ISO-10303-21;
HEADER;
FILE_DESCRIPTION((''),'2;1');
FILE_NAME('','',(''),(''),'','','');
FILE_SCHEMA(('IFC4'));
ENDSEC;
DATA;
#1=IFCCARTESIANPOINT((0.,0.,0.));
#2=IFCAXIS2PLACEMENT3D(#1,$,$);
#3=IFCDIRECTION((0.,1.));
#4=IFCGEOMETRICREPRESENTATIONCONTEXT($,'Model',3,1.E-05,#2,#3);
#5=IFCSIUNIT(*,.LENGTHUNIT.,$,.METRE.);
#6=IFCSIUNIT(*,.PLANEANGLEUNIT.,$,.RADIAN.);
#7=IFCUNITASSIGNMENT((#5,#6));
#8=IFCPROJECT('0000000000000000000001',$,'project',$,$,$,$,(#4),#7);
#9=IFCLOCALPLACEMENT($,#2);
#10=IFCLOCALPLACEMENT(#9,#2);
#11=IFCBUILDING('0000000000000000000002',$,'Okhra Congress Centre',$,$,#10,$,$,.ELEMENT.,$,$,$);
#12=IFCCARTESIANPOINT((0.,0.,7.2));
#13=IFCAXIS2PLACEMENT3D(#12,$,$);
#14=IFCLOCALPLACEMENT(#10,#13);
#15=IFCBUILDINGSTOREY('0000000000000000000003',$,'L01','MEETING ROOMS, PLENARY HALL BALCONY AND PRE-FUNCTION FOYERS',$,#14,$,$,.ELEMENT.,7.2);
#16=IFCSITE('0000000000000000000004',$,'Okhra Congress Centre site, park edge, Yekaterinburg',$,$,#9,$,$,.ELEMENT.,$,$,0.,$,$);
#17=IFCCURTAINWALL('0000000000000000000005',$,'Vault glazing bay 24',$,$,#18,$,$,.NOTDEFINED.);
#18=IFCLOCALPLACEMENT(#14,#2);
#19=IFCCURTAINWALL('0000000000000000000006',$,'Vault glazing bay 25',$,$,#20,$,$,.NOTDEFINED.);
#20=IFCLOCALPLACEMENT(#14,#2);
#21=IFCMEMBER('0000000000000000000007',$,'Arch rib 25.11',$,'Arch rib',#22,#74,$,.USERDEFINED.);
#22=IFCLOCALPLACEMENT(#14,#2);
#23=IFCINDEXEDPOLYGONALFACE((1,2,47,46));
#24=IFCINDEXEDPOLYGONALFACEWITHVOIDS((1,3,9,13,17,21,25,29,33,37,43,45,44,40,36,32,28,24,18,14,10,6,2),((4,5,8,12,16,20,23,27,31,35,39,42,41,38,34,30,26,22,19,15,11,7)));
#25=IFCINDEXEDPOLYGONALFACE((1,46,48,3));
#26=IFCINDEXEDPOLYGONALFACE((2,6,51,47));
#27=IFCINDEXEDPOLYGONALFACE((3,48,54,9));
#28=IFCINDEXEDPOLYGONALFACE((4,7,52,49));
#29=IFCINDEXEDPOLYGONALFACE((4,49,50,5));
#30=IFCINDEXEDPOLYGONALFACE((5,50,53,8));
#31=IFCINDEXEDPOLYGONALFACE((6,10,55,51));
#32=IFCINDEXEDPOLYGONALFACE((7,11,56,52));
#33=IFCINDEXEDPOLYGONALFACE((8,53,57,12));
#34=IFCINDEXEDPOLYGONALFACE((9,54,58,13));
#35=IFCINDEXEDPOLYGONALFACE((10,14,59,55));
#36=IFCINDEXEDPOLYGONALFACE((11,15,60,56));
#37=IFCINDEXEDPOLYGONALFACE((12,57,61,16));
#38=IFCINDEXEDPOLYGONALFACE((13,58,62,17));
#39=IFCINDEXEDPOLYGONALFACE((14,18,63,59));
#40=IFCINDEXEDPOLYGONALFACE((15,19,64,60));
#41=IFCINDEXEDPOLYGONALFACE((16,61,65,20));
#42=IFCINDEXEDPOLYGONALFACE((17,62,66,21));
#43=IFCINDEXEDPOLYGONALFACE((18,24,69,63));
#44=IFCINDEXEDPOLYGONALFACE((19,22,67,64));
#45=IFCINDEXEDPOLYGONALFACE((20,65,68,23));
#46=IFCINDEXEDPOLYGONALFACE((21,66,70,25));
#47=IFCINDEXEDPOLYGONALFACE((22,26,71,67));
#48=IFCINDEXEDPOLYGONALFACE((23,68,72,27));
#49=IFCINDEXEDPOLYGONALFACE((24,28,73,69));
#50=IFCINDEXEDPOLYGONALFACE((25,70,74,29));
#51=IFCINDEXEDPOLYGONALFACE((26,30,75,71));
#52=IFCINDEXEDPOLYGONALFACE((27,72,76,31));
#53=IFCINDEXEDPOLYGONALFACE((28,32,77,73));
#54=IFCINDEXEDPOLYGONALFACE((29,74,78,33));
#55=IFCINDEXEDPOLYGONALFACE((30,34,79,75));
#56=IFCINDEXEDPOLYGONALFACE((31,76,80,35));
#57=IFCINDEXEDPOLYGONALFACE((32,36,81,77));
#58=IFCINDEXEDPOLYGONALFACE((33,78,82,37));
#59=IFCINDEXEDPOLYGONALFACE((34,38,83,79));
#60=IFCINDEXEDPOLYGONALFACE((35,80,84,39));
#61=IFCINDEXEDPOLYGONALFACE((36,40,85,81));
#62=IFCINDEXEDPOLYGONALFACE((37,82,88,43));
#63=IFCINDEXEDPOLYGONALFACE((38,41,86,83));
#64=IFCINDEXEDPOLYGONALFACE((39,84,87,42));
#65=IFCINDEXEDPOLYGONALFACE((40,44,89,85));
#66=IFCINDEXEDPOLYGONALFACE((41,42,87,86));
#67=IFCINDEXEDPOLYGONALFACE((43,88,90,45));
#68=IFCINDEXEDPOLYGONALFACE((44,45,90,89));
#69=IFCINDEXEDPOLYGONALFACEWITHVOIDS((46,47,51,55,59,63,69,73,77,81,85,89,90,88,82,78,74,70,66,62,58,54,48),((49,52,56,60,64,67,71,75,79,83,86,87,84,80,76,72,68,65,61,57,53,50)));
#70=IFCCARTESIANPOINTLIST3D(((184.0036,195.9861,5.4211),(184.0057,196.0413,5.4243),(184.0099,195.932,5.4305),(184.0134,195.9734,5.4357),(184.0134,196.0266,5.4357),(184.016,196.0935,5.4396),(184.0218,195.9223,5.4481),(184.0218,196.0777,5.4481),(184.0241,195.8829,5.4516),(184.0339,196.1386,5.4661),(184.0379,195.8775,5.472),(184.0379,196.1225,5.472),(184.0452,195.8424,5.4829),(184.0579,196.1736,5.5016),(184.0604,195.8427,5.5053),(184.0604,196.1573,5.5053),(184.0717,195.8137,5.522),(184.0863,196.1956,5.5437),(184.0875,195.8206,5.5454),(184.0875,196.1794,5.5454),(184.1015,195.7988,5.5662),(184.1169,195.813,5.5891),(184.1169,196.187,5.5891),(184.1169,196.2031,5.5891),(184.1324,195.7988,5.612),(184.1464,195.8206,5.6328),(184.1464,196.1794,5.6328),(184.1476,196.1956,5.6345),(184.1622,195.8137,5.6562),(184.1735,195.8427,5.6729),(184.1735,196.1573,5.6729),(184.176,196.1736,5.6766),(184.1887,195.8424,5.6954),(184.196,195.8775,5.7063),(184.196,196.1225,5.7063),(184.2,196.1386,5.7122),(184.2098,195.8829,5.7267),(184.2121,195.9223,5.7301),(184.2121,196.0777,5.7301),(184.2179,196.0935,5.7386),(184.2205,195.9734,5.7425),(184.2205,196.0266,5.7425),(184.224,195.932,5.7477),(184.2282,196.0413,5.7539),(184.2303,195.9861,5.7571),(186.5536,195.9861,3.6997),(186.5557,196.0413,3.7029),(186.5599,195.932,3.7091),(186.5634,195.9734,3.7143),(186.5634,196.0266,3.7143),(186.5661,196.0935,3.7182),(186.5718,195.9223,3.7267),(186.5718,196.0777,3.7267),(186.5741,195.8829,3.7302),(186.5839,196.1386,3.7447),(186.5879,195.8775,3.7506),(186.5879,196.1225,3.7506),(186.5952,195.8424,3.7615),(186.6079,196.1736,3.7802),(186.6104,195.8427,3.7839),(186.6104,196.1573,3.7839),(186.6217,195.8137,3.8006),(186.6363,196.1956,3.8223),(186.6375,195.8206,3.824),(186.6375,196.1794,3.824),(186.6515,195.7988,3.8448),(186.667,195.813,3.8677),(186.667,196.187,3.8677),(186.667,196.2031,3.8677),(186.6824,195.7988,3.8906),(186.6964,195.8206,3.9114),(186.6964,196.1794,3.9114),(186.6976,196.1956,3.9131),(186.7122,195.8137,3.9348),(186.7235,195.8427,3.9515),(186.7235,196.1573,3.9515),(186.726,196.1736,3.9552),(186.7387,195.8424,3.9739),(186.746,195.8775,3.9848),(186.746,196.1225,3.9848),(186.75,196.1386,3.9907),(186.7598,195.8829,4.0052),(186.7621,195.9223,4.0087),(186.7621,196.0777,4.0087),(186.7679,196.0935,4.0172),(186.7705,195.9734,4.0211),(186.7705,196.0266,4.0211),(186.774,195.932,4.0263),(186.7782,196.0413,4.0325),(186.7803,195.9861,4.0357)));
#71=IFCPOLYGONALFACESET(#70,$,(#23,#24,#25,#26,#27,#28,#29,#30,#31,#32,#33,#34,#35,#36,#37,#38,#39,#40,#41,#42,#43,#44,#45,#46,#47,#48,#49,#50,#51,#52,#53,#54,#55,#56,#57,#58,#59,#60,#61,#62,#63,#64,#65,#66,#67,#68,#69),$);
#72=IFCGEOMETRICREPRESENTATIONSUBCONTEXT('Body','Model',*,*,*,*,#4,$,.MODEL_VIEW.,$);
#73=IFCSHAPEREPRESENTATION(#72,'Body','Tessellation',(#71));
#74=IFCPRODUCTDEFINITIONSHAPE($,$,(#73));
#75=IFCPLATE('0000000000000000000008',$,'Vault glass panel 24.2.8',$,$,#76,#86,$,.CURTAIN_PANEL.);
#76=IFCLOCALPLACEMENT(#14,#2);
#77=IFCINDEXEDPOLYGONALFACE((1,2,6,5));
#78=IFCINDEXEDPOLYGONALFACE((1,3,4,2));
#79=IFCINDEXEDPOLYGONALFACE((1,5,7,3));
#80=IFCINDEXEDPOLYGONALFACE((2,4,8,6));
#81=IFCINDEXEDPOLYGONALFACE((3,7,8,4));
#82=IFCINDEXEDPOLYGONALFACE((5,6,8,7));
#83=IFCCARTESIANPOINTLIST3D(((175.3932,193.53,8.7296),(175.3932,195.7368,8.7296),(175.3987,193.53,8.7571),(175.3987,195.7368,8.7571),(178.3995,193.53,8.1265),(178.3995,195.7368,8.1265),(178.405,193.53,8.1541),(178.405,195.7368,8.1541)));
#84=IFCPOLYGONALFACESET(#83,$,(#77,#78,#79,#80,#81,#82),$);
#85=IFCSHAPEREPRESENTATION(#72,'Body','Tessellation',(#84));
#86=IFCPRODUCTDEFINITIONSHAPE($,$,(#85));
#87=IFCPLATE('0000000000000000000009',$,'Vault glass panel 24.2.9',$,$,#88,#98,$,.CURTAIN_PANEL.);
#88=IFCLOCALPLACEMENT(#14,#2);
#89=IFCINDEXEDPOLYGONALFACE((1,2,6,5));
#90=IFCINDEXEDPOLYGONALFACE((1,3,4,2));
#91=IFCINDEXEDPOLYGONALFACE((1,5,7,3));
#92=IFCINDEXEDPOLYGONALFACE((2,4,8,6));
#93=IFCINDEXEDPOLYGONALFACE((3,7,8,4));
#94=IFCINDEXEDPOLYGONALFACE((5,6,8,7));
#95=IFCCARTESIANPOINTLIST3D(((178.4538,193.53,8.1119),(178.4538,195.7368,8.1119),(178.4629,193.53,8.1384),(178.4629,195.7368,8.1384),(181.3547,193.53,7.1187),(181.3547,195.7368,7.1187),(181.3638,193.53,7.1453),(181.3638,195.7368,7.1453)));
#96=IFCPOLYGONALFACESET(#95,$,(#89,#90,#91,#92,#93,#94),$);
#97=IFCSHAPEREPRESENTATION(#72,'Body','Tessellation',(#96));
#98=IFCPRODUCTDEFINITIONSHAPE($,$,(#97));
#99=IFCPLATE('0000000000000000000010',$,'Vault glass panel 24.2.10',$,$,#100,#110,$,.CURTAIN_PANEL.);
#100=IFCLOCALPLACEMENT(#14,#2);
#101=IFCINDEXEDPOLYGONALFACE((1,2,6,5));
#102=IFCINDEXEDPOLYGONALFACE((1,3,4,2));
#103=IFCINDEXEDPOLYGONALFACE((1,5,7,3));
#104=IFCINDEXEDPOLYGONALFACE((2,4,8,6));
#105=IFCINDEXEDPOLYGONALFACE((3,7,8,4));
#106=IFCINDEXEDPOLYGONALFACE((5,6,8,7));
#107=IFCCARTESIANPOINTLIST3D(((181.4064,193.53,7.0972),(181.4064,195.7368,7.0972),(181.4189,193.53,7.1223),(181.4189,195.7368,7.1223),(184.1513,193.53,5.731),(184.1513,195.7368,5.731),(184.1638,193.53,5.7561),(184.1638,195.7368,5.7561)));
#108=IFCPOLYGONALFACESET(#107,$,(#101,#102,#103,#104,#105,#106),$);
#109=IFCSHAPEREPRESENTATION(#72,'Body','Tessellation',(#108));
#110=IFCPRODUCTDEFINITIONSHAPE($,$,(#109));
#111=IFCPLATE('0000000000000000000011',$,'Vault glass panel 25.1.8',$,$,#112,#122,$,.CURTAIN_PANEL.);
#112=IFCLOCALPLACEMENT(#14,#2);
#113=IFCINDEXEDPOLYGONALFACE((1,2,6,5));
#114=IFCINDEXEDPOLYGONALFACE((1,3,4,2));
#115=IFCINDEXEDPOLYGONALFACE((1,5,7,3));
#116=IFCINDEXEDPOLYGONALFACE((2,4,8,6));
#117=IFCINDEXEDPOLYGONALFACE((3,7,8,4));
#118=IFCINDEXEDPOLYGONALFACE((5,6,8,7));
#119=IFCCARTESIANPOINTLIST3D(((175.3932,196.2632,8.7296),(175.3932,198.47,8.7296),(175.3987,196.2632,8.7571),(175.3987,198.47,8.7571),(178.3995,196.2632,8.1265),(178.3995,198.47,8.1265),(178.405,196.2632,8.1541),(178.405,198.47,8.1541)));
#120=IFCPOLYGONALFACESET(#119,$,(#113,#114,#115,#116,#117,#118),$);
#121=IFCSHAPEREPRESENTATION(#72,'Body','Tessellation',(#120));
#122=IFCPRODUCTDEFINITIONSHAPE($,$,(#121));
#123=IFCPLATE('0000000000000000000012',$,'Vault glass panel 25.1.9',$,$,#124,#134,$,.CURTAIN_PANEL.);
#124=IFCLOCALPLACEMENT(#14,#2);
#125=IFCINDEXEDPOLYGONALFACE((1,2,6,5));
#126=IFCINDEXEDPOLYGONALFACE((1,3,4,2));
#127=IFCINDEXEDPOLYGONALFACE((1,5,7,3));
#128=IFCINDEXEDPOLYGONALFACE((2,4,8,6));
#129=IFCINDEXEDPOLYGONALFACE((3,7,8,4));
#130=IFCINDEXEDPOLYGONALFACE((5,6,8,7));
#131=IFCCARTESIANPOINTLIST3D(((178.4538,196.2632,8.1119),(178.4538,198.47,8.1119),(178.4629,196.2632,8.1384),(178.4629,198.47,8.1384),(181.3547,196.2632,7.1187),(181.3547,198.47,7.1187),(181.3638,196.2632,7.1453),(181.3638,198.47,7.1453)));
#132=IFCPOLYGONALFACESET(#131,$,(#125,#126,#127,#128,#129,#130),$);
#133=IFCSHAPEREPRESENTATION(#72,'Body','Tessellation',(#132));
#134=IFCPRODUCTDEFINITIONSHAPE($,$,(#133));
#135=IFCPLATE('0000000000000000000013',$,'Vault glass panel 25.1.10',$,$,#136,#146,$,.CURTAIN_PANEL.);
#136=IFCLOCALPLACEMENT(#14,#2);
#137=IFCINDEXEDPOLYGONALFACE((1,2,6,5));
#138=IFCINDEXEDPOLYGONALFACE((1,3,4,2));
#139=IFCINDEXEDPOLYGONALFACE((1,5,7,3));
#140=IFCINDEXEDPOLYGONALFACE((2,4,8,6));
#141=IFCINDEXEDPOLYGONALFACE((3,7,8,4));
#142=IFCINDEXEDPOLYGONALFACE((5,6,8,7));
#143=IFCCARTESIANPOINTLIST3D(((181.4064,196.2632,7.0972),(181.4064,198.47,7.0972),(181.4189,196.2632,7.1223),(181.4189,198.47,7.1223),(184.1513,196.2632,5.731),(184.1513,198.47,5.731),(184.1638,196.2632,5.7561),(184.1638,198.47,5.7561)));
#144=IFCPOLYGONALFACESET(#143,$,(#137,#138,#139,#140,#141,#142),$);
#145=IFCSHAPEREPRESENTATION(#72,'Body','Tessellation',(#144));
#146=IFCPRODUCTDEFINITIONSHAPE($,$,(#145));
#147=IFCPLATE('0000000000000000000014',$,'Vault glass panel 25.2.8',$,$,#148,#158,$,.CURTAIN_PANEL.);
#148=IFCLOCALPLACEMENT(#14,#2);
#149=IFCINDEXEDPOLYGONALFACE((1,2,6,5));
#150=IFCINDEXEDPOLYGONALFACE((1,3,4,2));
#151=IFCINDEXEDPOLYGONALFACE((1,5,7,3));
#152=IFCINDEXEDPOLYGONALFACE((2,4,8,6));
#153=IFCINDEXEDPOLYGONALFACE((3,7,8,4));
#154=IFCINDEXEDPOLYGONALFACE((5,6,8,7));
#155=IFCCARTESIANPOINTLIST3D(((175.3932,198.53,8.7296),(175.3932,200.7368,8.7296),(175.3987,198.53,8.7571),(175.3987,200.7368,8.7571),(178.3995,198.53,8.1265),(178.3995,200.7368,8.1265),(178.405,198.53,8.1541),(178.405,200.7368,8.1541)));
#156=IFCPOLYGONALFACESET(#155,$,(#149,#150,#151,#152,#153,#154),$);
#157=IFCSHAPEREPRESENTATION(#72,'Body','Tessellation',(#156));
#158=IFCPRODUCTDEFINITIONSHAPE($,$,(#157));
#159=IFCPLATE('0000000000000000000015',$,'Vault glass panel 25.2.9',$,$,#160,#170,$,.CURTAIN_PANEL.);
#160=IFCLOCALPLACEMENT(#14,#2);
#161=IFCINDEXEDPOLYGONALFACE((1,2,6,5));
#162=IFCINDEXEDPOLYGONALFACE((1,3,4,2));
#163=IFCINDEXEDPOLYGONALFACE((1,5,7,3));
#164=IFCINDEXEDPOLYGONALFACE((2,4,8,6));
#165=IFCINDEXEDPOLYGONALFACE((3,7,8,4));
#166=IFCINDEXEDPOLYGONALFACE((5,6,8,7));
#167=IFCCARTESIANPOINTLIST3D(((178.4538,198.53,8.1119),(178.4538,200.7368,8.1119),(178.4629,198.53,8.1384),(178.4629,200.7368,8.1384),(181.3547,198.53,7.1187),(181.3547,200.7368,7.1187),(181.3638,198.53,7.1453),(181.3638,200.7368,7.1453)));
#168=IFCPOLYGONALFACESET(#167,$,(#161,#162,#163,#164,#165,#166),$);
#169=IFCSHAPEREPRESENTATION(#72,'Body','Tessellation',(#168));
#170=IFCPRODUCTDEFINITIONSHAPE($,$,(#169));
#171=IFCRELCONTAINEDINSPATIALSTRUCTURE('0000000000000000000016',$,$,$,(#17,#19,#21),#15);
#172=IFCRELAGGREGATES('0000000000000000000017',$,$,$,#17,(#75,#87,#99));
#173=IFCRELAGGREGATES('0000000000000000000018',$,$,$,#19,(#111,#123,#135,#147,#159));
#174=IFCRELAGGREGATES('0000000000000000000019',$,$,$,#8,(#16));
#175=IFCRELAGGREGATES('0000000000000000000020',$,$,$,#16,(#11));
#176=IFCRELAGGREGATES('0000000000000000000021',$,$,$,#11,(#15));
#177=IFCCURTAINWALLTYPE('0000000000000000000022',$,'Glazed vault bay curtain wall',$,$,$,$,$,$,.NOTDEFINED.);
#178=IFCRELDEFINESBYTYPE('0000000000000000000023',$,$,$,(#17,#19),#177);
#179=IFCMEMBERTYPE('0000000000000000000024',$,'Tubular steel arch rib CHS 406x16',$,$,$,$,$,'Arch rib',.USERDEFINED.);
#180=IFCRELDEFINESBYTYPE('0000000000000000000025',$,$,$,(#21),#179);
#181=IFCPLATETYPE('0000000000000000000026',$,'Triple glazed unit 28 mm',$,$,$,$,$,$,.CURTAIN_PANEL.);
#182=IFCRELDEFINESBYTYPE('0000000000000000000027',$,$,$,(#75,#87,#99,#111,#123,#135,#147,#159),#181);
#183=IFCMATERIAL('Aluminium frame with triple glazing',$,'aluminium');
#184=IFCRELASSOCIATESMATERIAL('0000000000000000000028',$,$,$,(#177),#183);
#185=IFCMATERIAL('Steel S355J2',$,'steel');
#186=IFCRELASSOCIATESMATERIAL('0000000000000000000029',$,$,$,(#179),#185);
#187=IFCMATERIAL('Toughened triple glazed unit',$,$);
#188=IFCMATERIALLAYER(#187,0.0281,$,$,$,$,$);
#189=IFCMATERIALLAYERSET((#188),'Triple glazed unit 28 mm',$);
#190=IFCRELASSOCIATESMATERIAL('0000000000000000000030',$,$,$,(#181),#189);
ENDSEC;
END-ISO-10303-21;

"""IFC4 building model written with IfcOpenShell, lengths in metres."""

from ifc_helpers import new_model, si_unit, direction, frame, origin, origin_2d, place, context, subcontext, project, spatial, polyline, hollow_circle, outline, extrude, material, layer, layer_set, material_profile, profile_set, type_object, element, aggregate, save


model = new_model("IFC4")

# Units and contexts
model_context = context("Model", 3, precision=1e-05, world=origin(), true_north=direction((0.0, 1.0)))
body_context = subcontext(model_context, "Body", "Model", "MODEL_VIEW")
ifc_project = project(units=[si_unit("LENGTHUNIT", "METRE"), si_unit("PLANEANGLEUNIT", "RADIAN")], contexts=[model_context])

# Site, building, storey
site_placement = place(None, origin())
site = spatial("IfcSite", under=ifc_project, at=site_placement, Name="Okhra Congress Centre site, park edge, Yekaterinburg", CompositionType="ELEMENT", RefElevation=0.0)
building_placement = place(site_placement, origin())
building = spatial("IfcBuilding", under=site, at=building_placement, Name="Okhra Congress Centre", CompositionType="ELEMENT")
storey_placement = place(building_placement, frame((0.0, 0.0, 7.2)))
storey = spatial("IfcBuildingStorey", under=building, at=storey_placement, Name="L01", Description="MEETING ROOMS, PLENARY HALL BALCONY AND PRE-FUNCTION FOYERS", CompositionType="ELEMENT", Elevation=7.2)

# Curtain wall
ifc_material_1 = material(Name="Aluminium frame with triple glazing", Category="aluminium")
curtain_wall_type = type_object("IfcCurtainWallType", Name="Glazed vault bay curtain wall", PredefinedType="NOTDEFINED", material=ifc_material_1)
curtain_wall_1_placement = place(storey_placement, origin())
curtain_wall_1 = element("IfcCurtainWall", 1, at=curtain_wall_1_placement, inside=storey, type_object=curtain_wall_type, Name="Vault glazing bay 24", PredefinedType="NOTDEFINED")

# Curtain wall
curtain_wall_2_placement = place(storey_placement, origin())
curtain_wall_2 = element("IfcCurtainWall", 2, at=curtain_wall_2_placement, inside=storey, type_object=curtain_wall_type, Name="Vault glazing bay 25", PredefinedType="NOTDEFINED")

# Member
ifc_material_2 = material(Name="Steel S355J2", Category="steel")
ifc_material_profile_1 = material_profile(ifc_material_2, hollow_circle(Radius=0.2031, WallThickness=0.0161, at=origin_2d()), Name="CHS 406.4x16")
ifc_profile_set_1 = profile_set([ifc_material_profile_1], Name="Steel S355J2")
member_type_1 = type_object("IfcMemberType", Name="Tubular steel arch rib CHS 406x16", ElementType="Arch rib", PredefinedType="USERDEFINED", material=ifc_profile_set_1)
member_1_placement = place(storey_placement, frame((184.1169, 196.0, 5.5891), z_axis=(0.828826, 0.0, -0.559507), x_axis=(0.0, 1.0, 0.0)))
element("IfcMember", 3, at=member_1_placement, inside=storey, type_object=member_type_1, Name="Arch rib 25.11", ObjectType="Arch rib", PredefinedType="USERDEFINED", context=body_context, shape_type="SweptSolid", body=[
    extrude(hollow_circle(Radius=0.2031, WallThickness=0.0161, at=origin_2d()), origin(), (0.0, 0.0, 1.0), 3.0767),
])

# Plates
ifc_material_3 = material(Name="Toughened triple glazed unit")
ifc_layer = layer(ifc_material_3, 0.0281)
ifc_layer_set = layer_set([ifc_layer], Name="Triple glazed unit 28 mm")
plate_type = type_object("IfcPlateType", Name="Triple glazed unit 28 mm", PredefinedType="CURTAIN_PANEL", material=ifc_layer_set)
plate_1_placement = place(storey_placement, frame((175.3987, 193.53, 8.7571), z_axis=(0.196667, 0.0, 0.98047), x_axis=(0.98047, 0.0, -0.196667)))
plate_1 = element("IfcPlate", 4, at=plate_1_placement, type_object=plate_type, Name="Vault glass panel 24.2.8", PredefinedType="CURTAIN_PANEL", context=body_context, shape_type="SweptSolid", body=[
    extrude(outline(polyline([(0.0, 0.0), (3.0662, 0.0), (3.0662, 2.2068), (0.0, 2.2068), (0.0, 0.0)])), origin(), (0.0, 0.0, -1.0), 0.0281),
])
plate_2_placement = place(storey_placement, frame((178.4629, 193.53, 8.1384), z_axis=(0.323909, 0.0, 0.946088), x_axis=(0.946088, 0.0, -0.323909)))
plate_2 = element("IfcPlate", 5, at=plate_2_placement, type_object=plate_type, Name="Vault glass panel 24.2.9", PredefinedType="CURTAIN_PANEL", context=body_context, shape_type="SweptSolid", body=[
    extrude(outline(polyline([(0.0, 0.0), (3.0662, 0.0), (3.0662, 2.2068), (0.0, 2.2068), (0.0, 0.0)])), origin(), (0.0, 0.0, -1.0), 0.0281),
])
plate_3_placement = place(storey_placement, frame((181.4189, 193.53, 7.1223), z_axis=(0.445588, 0.0, 0.895238), x_axis=(0.895238, 0.0, -0.445588)))
plate_3 = element("IfcPlate", 6, at=plate_3_placement, type_object=plate_type, Name="Vault glass panel 24.2.10", PredefinedType="CURTAIN_PANEL", context=body_context, shape_type="SweptSolid", body=[
    extrude(outline(polyline([(0.0, 0.0), (3.0661, 0.0), (3.0661, 2.2068), (0.0, 2.2068), (0.0, 0.0)])), origin(), (0.0, 0.0, -1.0), 0.0281),
])
aggregate(curtain_wall_1, [plate_1, plate_2, plate_3])
plate_4_placement = place(storey_placement, frame((175.3987, 196.2632, 8.7571), z_axis=(0.196667, 0.0, 0.98047), x_axis=(0.98047, 0.0, -0.196667)))
plate_4 = element("IfcPlate", 7, at=plate_4_placement, type_object=plate_type, Name="Vault glass panel 25.1.8", PredefinedType="CURTAIN_PANEL", context=body_context, shape_type="SweptSolid", body=[
    extrude(outline(polyline([(0.0, 0.0), (3.0662, 0.0), (3.0662, 2.2068), (0.0, 2.2068), (0.0, 0.0)])), origin(), (0.0, 0.0, -1.0), 0.0281),
])
plate_5_placement = place(storey_placement, frame((178.4629, 196.2632, 8.1384), z_axis=(0.323909, 0.0, 0.946088), x_axis=(0.946088, 0.0, -0.323909)))
plate_5 = element("IfcPlate", 8, at=plate_5_placement, type_object=plate_type, Name="Vault glass panel 25.1.9", PredefinedType="CURTAIN_PANEL", context=body_context, shape_type="SweptSolid", body=[
    extrude(outline(polyline([(0.0, 0.0), (3.0662, 0.0), (3.0662, 2.2068), (0.0, 2.2068), (0.0, 0.0)])), origin(), (0.0, 0.0, -1.0), 0.0281),
])
plate_6_placement = place(storey_placement, frame((181.4189, 196.2632, 7.1223), z_axis=(0.445588, 0.0, 0.895238), x_axis=(0.895238, 0.0, -0.445588)))
plate_6 = element("IfcPlate", 9, at=plate_6_placement, type_object=plate_type, Name="Vault glass panel 25.1.10", PredefinedType="CURTAIN_PANEL", context=body_context, shape_type="SweptSolid", body=[
    extrude(outline(polyline([(0.0, 0.0), (3.0661, 0.0), (3.0661, 2.2068), (0.0, 2.2068), (0.0, 0.0)])), origin(), (0.0, 0.0, -1.0), 0.0281),
])
plate_7_placement = place(storey_placement, frame((175.3987, 198.53, 8.7571), z_axis=(0.196667, 0.0, 0.98047), x_axis=(0.98047, 0.0, -0.196667)))
plate_7 = element("IfcPlate", 10, at=plate_7_placement, type_object=plate_type, Name="Vault glass panel 25.2.8", PredefinedType="CURTAIN_PANEL", context=body_context, shape_type="SweptSolid", body=[
    extrude(outline(polyline([(0.0, 0.0), (3.0662, 0.0), (3.0662, 2.2068), (0.0, 2.2068), (0.0, 0.0)])), origin(), (0.0, 0.0, -1.0), 0.0281),
])
plate_8_placement = place(storey_placement, frame((178.4629, 198.53, 8.1384), z_axis=(0.323909, 0.0, 0.946088), x_axis=(0.946088, 0.0, -0.323909)))
plate_8 = element("IfcPlate", 11, at=plate_8_placement, type_object=plate_type, Name="Vault glass panel 25.2.9", PredefinedType="CURTAIN_PANEL", context=body_context, shape_type="SweptSolid", body=[
    extrude(outline(polyline([(0.0, 0.0), (3.0662, 0.0), (3.0662, 2.2068), (0.0, 2.2068), (0.0, 0.0)])), origin(), (0.0, 0.0, -1.0), 0.0281),
])
aggregate(curtain_wall_2, [plate_4, plate_5, plate_6, plate_7, plate_8])

save(model, "model.ifc")
